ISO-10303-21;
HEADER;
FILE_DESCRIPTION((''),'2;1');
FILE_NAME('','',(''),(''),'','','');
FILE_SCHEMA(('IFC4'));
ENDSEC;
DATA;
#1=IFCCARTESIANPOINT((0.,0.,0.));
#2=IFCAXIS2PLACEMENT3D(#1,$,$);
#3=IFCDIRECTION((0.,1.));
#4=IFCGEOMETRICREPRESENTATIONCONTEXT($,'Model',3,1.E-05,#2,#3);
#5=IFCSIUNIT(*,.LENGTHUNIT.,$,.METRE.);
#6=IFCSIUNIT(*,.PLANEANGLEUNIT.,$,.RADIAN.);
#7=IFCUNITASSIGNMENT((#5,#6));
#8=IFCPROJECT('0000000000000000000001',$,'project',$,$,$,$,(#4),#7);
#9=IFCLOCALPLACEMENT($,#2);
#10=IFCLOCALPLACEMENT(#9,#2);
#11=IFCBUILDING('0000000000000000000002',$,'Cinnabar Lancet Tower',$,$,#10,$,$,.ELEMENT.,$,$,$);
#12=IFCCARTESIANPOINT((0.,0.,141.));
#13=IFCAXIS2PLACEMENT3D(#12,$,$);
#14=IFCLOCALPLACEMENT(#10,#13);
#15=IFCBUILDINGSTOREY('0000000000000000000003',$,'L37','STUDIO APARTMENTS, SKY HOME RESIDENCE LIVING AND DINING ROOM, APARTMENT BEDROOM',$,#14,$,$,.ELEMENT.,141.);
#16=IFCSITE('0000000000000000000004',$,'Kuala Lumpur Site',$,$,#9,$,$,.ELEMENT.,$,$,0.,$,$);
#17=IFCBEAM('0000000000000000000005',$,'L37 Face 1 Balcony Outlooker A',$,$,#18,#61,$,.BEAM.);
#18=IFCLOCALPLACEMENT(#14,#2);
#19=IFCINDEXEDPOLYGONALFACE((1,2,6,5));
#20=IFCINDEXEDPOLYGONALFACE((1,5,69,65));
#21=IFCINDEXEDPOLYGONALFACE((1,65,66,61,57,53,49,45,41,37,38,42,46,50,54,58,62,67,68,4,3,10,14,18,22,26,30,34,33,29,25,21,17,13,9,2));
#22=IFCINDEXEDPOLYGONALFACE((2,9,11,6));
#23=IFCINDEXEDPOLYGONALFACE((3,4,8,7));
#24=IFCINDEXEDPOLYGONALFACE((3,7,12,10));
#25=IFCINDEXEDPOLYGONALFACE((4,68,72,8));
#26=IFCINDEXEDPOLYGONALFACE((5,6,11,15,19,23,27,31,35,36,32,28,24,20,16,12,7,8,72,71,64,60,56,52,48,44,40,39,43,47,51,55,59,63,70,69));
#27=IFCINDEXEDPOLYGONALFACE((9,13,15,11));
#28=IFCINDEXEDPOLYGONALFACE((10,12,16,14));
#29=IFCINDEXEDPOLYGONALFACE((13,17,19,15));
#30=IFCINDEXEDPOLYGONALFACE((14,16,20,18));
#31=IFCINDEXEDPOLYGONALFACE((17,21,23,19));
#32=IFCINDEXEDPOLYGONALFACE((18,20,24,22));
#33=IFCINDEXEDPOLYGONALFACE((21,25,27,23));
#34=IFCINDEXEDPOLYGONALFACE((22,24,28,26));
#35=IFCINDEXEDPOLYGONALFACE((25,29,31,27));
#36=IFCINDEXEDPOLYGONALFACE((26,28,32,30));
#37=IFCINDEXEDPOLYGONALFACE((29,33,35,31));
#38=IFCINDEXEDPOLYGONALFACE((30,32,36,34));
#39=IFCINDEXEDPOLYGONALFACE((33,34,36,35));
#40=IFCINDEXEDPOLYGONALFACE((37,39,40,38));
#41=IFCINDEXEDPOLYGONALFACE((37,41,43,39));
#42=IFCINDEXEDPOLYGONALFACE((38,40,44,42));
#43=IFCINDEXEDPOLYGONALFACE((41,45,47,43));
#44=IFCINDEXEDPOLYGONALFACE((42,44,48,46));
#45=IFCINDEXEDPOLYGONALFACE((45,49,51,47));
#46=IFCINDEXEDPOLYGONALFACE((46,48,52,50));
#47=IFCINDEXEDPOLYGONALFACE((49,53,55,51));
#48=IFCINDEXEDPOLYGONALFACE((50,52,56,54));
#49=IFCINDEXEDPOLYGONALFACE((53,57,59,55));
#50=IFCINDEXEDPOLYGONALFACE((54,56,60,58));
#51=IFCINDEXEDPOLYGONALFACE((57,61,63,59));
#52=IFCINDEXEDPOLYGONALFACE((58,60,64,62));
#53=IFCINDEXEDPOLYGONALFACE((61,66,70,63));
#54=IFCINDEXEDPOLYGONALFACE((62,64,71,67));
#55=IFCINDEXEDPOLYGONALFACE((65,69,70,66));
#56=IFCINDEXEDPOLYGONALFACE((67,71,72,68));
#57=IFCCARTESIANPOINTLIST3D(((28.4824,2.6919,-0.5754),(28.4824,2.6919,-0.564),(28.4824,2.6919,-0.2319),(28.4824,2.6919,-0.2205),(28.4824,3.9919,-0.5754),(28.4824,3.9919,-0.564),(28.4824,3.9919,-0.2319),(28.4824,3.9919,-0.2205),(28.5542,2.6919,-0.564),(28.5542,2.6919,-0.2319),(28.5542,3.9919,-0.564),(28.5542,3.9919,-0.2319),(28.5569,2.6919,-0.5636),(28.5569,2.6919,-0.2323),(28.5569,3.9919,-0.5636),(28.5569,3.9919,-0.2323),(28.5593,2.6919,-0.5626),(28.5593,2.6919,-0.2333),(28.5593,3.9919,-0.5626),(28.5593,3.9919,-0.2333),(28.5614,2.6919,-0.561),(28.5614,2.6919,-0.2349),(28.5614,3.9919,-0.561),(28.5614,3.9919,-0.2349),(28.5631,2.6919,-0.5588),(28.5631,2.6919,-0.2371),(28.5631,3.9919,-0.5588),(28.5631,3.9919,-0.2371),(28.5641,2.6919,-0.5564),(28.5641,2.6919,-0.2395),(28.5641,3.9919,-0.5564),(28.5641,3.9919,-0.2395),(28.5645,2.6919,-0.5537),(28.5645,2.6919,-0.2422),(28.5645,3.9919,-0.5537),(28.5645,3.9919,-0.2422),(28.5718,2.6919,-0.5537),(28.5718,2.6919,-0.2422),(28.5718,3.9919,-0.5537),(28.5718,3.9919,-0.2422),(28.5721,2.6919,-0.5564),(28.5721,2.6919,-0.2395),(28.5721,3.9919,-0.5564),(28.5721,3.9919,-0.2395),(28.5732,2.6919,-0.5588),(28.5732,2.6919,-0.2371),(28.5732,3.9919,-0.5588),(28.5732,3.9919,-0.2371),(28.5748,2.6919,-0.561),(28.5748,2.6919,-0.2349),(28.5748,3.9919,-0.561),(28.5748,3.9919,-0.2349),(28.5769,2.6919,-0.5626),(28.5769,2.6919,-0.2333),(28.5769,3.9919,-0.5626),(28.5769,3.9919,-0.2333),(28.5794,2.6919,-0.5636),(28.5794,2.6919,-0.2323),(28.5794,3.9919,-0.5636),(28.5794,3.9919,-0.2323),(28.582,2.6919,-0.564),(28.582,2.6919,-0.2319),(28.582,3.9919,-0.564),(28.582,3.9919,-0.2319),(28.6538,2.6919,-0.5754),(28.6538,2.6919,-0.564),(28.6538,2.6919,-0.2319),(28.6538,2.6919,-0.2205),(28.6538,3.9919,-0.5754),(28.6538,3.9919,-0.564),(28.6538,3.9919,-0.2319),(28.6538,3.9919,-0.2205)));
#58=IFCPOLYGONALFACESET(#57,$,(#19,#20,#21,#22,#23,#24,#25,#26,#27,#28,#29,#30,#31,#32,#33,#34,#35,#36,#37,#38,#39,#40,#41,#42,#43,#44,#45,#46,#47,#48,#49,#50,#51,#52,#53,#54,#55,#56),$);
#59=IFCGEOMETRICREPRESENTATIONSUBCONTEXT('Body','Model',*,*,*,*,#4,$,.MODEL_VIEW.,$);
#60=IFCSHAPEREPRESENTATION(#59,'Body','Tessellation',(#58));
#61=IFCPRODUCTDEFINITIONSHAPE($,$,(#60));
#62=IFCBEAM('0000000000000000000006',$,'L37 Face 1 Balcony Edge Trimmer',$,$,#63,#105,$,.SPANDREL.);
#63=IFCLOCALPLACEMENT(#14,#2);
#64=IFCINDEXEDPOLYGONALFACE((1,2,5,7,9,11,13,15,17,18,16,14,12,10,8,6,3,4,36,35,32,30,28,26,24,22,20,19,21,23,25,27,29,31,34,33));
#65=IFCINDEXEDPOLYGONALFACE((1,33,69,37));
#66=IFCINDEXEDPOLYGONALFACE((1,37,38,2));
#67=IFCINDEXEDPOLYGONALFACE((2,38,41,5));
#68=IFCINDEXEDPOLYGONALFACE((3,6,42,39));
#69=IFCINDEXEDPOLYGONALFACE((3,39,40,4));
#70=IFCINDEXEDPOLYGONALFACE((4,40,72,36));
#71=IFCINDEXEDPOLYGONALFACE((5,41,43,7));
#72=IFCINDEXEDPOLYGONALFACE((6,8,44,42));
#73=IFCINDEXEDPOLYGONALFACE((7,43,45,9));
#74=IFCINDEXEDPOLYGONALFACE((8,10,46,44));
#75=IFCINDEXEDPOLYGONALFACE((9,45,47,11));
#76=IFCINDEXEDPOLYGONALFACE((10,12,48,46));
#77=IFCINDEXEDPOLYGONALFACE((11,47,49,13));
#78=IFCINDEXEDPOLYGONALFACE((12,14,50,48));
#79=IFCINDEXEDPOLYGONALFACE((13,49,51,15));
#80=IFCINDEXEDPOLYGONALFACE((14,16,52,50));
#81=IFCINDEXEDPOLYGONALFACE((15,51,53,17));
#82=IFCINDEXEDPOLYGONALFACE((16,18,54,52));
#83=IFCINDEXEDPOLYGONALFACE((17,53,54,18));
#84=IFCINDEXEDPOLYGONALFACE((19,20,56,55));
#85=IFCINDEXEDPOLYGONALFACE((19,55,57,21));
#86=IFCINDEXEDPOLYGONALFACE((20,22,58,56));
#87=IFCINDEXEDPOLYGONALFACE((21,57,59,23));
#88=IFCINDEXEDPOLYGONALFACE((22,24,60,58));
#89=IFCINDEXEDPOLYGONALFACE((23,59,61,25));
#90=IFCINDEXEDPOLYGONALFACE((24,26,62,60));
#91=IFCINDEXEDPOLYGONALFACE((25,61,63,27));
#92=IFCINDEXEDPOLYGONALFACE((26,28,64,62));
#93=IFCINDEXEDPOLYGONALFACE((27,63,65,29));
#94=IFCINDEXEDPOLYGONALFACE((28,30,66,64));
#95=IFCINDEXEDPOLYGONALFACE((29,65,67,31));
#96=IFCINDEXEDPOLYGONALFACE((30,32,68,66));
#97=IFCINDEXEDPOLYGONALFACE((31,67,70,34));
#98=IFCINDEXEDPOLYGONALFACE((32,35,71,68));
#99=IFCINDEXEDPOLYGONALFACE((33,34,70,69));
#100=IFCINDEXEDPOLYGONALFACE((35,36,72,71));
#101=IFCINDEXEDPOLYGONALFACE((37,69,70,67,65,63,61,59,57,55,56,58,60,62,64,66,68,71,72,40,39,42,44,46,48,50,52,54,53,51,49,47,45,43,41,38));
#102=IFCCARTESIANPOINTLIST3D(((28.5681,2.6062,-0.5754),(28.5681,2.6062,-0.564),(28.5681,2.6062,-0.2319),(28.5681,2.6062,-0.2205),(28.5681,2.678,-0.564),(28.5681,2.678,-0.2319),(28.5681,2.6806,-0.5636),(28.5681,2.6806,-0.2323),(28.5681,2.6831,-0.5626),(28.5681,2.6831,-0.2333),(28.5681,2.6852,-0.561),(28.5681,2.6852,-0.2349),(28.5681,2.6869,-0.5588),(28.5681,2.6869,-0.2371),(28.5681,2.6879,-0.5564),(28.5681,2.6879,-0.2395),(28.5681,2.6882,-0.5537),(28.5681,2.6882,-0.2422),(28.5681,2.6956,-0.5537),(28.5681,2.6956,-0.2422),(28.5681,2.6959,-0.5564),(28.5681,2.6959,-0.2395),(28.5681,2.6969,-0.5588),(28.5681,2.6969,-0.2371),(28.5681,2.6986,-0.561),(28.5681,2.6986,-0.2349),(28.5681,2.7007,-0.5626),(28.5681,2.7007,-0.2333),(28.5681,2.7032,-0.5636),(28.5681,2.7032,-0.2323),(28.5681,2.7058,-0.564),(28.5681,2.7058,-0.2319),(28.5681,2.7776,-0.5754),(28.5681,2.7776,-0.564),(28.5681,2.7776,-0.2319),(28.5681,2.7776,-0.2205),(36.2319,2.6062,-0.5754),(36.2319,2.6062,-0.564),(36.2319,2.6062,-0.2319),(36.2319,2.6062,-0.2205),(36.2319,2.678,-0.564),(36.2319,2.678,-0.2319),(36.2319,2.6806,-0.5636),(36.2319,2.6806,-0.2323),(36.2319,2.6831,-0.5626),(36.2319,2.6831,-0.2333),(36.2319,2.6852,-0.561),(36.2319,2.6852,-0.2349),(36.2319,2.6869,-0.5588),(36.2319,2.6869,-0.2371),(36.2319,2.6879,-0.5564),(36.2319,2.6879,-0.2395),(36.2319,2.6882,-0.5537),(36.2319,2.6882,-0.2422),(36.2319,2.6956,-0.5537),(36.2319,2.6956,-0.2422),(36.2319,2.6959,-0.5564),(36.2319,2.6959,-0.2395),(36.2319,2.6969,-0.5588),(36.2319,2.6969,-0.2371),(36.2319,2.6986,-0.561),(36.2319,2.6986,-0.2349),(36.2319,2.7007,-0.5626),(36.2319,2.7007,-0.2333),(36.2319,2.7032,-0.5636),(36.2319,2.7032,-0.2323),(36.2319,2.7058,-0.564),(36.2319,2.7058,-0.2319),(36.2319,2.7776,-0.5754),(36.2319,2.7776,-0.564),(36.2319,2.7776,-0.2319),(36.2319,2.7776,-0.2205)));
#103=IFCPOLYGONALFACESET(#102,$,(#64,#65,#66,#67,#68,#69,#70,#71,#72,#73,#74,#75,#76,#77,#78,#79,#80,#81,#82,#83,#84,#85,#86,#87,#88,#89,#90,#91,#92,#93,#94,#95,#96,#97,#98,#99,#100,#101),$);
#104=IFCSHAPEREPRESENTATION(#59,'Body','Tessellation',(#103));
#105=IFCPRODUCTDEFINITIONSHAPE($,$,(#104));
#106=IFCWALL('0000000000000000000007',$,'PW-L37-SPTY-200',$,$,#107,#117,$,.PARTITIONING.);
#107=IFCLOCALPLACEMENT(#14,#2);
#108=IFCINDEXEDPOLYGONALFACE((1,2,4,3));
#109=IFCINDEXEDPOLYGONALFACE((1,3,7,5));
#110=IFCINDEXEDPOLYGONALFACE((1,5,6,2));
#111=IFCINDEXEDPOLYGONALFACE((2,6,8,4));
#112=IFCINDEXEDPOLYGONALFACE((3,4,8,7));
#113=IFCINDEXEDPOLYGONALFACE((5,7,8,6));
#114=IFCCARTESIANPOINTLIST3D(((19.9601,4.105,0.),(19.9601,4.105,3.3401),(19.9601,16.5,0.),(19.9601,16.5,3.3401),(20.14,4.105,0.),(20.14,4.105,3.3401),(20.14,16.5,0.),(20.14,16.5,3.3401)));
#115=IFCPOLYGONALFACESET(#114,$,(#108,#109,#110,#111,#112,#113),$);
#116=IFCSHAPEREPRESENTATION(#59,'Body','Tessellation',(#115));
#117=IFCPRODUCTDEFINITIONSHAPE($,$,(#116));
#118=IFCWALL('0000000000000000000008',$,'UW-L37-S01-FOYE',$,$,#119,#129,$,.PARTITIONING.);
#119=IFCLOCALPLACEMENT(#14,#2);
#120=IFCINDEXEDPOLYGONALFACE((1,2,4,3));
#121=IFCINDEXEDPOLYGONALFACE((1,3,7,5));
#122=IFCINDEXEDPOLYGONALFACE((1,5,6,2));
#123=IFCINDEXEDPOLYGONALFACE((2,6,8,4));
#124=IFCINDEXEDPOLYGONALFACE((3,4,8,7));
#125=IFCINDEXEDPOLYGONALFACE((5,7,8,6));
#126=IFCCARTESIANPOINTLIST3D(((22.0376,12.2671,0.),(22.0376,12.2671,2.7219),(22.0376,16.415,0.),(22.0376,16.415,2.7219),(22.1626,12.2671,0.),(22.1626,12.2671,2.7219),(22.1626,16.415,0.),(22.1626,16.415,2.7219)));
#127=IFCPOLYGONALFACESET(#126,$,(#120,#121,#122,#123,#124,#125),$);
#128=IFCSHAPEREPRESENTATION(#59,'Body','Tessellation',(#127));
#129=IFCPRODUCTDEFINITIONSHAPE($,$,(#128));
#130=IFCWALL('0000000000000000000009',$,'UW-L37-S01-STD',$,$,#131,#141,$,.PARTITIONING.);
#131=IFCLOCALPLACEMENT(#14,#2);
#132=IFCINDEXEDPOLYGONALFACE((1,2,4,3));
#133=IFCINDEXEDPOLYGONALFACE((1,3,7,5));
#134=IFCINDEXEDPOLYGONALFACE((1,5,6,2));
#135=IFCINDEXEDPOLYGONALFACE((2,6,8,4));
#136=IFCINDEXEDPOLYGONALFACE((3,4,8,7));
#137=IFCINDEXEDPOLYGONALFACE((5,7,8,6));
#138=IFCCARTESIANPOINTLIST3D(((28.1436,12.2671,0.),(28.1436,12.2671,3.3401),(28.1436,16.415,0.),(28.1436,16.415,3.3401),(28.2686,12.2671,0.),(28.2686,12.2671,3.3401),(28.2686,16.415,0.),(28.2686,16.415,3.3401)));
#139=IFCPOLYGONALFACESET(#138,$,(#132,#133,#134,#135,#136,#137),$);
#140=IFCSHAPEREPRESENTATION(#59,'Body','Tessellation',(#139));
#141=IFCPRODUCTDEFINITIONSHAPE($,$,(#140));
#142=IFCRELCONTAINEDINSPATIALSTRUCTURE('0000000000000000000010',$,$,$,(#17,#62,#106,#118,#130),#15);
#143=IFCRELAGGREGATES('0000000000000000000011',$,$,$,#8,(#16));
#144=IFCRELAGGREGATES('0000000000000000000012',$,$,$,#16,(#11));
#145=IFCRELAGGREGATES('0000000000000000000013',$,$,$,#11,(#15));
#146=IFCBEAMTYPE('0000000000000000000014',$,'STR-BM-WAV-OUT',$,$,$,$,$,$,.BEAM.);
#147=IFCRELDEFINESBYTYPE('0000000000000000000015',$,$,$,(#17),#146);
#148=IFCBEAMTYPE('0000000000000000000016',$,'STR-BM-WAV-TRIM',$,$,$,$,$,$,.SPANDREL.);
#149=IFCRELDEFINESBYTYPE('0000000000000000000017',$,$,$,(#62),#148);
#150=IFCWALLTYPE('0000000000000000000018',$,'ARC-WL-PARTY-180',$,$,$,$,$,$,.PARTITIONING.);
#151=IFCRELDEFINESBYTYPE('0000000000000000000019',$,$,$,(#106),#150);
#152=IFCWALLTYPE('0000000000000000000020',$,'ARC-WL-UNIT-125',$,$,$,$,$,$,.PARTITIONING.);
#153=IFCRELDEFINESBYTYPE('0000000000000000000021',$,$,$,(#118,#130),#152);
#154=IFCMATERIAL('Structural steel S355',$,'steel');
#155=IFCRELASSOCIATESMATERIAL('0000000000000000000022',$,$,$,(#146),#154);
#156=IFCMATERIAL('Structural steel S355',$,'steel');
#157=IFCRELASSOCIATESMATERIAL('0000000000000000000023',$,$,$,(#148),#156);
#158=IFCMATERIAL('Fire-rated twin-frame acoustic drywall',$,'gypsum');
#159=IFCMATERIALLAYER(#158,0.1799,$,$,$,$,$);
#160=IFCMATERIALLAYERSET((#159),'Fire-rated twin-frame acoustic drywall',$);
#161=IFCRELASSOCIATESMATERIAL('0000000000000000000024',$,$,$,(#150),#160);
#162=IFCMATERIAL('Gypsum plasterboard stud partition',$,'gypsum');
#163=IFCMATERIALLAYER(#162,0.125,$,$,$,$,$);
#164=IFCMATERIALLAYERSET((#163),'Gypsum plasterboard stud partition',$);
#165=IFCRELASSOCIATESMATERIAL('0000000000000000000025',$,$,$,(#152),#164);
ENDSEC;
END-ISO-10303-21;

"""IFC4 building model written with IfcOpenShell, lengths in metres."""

from ifc_helpers import new_model, si_unit, direction, frame, frame_2d, origin, origin_2d, place, context, subcontext, project, spatial, rectangle, i_section, extrude, material, layer, layer_set, material_profile, profile_set, type_object, element, save


model = new_model("IFC4")

# Units and contexts
model_context = context("Model", 3, precision=1e-05, world=origin(), true_north=direction((0.0, 1.0)))
body_context = subcontext(model_context, "Body", "Model", "MODEL_VIEW")
ifc_project = project(units=[si_unit("LENGTHUNIT", "METRE"), si_unit("PLANEANGLEUNIT", "RADIAN")], contexts=[model_context])

# Site, building, storey
site_placement = place(None, origin())
site = spatial("IfcSite", under=ifc_project, at=site_placement, Name="Kuala Lumpur Site", CompositionType="ELEMENT", RefElevation=0.0)
building_placement = place(site_placement, origin())
building = spatial("IfcBuilding", under=site, at=building_placement, Name="Cinnabar Lancet Tower", CompositionType="ELEMENT")
storey_placement = place(building_placement, frame((0.0, 0.0, 141.0)))
storey = spatial("IfcBuildingStorey", under=building, at=storey_placement, Name="L37", Description="STUDIO APARTMENTS, SKY HOME RESIDENCE LIVING AND DINING ROOM, APARTMENT BEDROOM", CompositionType="ELEMENT", Elevation=141.0)

# Beams
ifc_material_1 = material(Name="Structural steel S355", Category="steel")
ifc_material_profile_1 = material_profile(ifc_material_1, i_section(OverallWidth=0.1714, OverallDepth=0.355, WebThickness=0.0073, FlangeThickness=0.0115, FilletRadius=0.0103, at=origin_2d()), Name="UKB 356x171x51")
ifc_profile_set_1 = profile_set([ifc_material_profile_1], Name="Structural steel S355")
beam_type_1 = type_object("IfcBeamType", Name="STR-BM-WAV-OUT", PredefinedType="BEAM", material=ifc_profile_set_1)
beam_1_placement = place(storey_placement, frame((28.5681, 3.9919, -0.3979), z_axis=(0.0, -1.0, 0.0), x_axis=(1.0, 0.0, 0.0)))
element("IfcBeam", 1, at=beam_1_placement, inside=storey, type_object=beam_type_1, Name="L37 Face 1 Balcony Outlooker A", PredefinedType="BEAM", context=body_context, shape_type="SweptSolid", body=[
    extrude(i_section(OverallWidth=0.1714, OverallDepth=0.355, WebThickness=0.0073, FlangeThickness=0.0115, FilletRadius=0.0103, at=origin_2d()), origin(), (0.0, 0.0, 1.0), 1.3),
])
ifc_material_2 = material(Name="Structural steel S355", Category="steel")
ifc_material_profile_2 = material_profile(ifc_material_2, i_section(OverallWidth=0.1714, OverallDepth=0.355, WebThickness=0.0073, FlangeThickness=0.0115, FilletRadius=0.0103, at=origin_2d()), Name="UKB 356x171x51")
ifc_profile_set_2 = profile_set([ifc_material_profile_2], Name="Structural steel S355")
beam_type_2 = type_object("IfcBeamType", Name="STR-BM-WAV-TRIM", PredefinedType="SPANDREL", material=ifc_profile_set_2)
beam_2_placement = place(storey_placement, frame((28.5681, 2.6919, -0.3979), z_axis=(1.0, 0.0, 0.0), x_axis=(0.0, 1.0, 0.0)))
element("IfcBeam", 2, at=beam_2_placement, inside=storey, type_object=beam_type_2, Name="L37 Face 1 Balcony Edge Trimmer", PredefinedType="SPANDREL", context=body_context, shape_type="SweptSolid", body=[
    extrude(i_section(OverallWidth=0.1714, OverallDepth=0.355, WebThickness=0.0073, FlangeThickness=0.0115, FilletRadius=0.0103, at=origin_2d()), origin(), (0.0, 0.0, 1.0), 7.6638),
])

# Walls
ifc_material_3 = material(Name="Fire-rated twin-frame acoustic drywall", Category="gypsum")
ifc_layer_1 = layer(ifc_material_3, 0.1799)
ifc_layer_set_1 = layer_set([ifc_layer_1], Name="Fire-rated twin-frame acoustic drywall")
wall_type_1 = type_object("IfcWallType", Name="ARC-WL-PARTY-180", PredefinedType="PARTITIONING", material=ifc_layer_set_1)
wall_1_placement = place(storey_placement, frame((20.05, 4.105, 0.0), z_axis=(0.0, 0.0, 1.0), x_axis=(0.0, 1.0, 0.0)))
element("IfcWall", 3, at=wall_1_placement, inside=storey, type_object=wall_type_1, Name="PW-L37-SPTY-200", PredefinedType="PARTITIONING", context=body_context, shape_type="SweptSolid", body=[
    extrude(rectangle(XDim=12.395, YDim=0.1799, at=frame_2d((6.1975, 0.0))), origin(), (0.0, 0.0, 1.0), 3.3401),
])
ifc_material_4 = material(Name="Gypsum plasterboard stud partition", Category="gypsum")
ifc_layer_2 = layer(ifc_material_4, 0.125)
ifc_layer_set_2 = layer_set([ifc_layer_2], Name="Gypsum plasterboard stud partition")
wall_type_2 = type_object("IfcWallType", Name="ARC-WL-UNIT-125", PredefinedType="PARTITIONING", material=ifc_layer_set_2)
wall_2_placement = place(storey_placement, frame((22.1001, 12.2671, 0.0), z_axis=(0.0, 0.0, 1.0), x_axis=(0.0, 1.0, 0.0)))
element("IfcWall", 4, at=wall_2_placement, inside=storey, type_object=wall_type_2, Name="UW-L37-S01-FOYE", PredefinedType="PARTITIONING", context=body_context, shape_type="SweptSolid", body=[
    extrude(rectangle(XDim=4.1479, YDim=0.125, at=frame_2d((2.074, 0.0))), origin(), (0.0, 0.0, 1.0), 2.7219),
])
wall_3_placement = place(storey_placement, frame((28.2061, 12.2671, 0.0), z_axis=(0.0, 0.0, 1.0), x_axis=(0.0, 1.0, 0.0)))
element("IfcWall", 5, at=wall_3_placement, inside=storey, type_object=wall_type_2, Name="UW-L37-S01-STD", PredefinedType="PARTITIONING", context=body_context, shape_type="SweptSolid", body=[
    extrude(rectangle(XDim=4.1479, YDim=0.125, at=frame_2d((2.074, 0.0))), origin(), (0.0, 0.0, 1.0), 3.3401),
])

save(model, "model.ifc")
